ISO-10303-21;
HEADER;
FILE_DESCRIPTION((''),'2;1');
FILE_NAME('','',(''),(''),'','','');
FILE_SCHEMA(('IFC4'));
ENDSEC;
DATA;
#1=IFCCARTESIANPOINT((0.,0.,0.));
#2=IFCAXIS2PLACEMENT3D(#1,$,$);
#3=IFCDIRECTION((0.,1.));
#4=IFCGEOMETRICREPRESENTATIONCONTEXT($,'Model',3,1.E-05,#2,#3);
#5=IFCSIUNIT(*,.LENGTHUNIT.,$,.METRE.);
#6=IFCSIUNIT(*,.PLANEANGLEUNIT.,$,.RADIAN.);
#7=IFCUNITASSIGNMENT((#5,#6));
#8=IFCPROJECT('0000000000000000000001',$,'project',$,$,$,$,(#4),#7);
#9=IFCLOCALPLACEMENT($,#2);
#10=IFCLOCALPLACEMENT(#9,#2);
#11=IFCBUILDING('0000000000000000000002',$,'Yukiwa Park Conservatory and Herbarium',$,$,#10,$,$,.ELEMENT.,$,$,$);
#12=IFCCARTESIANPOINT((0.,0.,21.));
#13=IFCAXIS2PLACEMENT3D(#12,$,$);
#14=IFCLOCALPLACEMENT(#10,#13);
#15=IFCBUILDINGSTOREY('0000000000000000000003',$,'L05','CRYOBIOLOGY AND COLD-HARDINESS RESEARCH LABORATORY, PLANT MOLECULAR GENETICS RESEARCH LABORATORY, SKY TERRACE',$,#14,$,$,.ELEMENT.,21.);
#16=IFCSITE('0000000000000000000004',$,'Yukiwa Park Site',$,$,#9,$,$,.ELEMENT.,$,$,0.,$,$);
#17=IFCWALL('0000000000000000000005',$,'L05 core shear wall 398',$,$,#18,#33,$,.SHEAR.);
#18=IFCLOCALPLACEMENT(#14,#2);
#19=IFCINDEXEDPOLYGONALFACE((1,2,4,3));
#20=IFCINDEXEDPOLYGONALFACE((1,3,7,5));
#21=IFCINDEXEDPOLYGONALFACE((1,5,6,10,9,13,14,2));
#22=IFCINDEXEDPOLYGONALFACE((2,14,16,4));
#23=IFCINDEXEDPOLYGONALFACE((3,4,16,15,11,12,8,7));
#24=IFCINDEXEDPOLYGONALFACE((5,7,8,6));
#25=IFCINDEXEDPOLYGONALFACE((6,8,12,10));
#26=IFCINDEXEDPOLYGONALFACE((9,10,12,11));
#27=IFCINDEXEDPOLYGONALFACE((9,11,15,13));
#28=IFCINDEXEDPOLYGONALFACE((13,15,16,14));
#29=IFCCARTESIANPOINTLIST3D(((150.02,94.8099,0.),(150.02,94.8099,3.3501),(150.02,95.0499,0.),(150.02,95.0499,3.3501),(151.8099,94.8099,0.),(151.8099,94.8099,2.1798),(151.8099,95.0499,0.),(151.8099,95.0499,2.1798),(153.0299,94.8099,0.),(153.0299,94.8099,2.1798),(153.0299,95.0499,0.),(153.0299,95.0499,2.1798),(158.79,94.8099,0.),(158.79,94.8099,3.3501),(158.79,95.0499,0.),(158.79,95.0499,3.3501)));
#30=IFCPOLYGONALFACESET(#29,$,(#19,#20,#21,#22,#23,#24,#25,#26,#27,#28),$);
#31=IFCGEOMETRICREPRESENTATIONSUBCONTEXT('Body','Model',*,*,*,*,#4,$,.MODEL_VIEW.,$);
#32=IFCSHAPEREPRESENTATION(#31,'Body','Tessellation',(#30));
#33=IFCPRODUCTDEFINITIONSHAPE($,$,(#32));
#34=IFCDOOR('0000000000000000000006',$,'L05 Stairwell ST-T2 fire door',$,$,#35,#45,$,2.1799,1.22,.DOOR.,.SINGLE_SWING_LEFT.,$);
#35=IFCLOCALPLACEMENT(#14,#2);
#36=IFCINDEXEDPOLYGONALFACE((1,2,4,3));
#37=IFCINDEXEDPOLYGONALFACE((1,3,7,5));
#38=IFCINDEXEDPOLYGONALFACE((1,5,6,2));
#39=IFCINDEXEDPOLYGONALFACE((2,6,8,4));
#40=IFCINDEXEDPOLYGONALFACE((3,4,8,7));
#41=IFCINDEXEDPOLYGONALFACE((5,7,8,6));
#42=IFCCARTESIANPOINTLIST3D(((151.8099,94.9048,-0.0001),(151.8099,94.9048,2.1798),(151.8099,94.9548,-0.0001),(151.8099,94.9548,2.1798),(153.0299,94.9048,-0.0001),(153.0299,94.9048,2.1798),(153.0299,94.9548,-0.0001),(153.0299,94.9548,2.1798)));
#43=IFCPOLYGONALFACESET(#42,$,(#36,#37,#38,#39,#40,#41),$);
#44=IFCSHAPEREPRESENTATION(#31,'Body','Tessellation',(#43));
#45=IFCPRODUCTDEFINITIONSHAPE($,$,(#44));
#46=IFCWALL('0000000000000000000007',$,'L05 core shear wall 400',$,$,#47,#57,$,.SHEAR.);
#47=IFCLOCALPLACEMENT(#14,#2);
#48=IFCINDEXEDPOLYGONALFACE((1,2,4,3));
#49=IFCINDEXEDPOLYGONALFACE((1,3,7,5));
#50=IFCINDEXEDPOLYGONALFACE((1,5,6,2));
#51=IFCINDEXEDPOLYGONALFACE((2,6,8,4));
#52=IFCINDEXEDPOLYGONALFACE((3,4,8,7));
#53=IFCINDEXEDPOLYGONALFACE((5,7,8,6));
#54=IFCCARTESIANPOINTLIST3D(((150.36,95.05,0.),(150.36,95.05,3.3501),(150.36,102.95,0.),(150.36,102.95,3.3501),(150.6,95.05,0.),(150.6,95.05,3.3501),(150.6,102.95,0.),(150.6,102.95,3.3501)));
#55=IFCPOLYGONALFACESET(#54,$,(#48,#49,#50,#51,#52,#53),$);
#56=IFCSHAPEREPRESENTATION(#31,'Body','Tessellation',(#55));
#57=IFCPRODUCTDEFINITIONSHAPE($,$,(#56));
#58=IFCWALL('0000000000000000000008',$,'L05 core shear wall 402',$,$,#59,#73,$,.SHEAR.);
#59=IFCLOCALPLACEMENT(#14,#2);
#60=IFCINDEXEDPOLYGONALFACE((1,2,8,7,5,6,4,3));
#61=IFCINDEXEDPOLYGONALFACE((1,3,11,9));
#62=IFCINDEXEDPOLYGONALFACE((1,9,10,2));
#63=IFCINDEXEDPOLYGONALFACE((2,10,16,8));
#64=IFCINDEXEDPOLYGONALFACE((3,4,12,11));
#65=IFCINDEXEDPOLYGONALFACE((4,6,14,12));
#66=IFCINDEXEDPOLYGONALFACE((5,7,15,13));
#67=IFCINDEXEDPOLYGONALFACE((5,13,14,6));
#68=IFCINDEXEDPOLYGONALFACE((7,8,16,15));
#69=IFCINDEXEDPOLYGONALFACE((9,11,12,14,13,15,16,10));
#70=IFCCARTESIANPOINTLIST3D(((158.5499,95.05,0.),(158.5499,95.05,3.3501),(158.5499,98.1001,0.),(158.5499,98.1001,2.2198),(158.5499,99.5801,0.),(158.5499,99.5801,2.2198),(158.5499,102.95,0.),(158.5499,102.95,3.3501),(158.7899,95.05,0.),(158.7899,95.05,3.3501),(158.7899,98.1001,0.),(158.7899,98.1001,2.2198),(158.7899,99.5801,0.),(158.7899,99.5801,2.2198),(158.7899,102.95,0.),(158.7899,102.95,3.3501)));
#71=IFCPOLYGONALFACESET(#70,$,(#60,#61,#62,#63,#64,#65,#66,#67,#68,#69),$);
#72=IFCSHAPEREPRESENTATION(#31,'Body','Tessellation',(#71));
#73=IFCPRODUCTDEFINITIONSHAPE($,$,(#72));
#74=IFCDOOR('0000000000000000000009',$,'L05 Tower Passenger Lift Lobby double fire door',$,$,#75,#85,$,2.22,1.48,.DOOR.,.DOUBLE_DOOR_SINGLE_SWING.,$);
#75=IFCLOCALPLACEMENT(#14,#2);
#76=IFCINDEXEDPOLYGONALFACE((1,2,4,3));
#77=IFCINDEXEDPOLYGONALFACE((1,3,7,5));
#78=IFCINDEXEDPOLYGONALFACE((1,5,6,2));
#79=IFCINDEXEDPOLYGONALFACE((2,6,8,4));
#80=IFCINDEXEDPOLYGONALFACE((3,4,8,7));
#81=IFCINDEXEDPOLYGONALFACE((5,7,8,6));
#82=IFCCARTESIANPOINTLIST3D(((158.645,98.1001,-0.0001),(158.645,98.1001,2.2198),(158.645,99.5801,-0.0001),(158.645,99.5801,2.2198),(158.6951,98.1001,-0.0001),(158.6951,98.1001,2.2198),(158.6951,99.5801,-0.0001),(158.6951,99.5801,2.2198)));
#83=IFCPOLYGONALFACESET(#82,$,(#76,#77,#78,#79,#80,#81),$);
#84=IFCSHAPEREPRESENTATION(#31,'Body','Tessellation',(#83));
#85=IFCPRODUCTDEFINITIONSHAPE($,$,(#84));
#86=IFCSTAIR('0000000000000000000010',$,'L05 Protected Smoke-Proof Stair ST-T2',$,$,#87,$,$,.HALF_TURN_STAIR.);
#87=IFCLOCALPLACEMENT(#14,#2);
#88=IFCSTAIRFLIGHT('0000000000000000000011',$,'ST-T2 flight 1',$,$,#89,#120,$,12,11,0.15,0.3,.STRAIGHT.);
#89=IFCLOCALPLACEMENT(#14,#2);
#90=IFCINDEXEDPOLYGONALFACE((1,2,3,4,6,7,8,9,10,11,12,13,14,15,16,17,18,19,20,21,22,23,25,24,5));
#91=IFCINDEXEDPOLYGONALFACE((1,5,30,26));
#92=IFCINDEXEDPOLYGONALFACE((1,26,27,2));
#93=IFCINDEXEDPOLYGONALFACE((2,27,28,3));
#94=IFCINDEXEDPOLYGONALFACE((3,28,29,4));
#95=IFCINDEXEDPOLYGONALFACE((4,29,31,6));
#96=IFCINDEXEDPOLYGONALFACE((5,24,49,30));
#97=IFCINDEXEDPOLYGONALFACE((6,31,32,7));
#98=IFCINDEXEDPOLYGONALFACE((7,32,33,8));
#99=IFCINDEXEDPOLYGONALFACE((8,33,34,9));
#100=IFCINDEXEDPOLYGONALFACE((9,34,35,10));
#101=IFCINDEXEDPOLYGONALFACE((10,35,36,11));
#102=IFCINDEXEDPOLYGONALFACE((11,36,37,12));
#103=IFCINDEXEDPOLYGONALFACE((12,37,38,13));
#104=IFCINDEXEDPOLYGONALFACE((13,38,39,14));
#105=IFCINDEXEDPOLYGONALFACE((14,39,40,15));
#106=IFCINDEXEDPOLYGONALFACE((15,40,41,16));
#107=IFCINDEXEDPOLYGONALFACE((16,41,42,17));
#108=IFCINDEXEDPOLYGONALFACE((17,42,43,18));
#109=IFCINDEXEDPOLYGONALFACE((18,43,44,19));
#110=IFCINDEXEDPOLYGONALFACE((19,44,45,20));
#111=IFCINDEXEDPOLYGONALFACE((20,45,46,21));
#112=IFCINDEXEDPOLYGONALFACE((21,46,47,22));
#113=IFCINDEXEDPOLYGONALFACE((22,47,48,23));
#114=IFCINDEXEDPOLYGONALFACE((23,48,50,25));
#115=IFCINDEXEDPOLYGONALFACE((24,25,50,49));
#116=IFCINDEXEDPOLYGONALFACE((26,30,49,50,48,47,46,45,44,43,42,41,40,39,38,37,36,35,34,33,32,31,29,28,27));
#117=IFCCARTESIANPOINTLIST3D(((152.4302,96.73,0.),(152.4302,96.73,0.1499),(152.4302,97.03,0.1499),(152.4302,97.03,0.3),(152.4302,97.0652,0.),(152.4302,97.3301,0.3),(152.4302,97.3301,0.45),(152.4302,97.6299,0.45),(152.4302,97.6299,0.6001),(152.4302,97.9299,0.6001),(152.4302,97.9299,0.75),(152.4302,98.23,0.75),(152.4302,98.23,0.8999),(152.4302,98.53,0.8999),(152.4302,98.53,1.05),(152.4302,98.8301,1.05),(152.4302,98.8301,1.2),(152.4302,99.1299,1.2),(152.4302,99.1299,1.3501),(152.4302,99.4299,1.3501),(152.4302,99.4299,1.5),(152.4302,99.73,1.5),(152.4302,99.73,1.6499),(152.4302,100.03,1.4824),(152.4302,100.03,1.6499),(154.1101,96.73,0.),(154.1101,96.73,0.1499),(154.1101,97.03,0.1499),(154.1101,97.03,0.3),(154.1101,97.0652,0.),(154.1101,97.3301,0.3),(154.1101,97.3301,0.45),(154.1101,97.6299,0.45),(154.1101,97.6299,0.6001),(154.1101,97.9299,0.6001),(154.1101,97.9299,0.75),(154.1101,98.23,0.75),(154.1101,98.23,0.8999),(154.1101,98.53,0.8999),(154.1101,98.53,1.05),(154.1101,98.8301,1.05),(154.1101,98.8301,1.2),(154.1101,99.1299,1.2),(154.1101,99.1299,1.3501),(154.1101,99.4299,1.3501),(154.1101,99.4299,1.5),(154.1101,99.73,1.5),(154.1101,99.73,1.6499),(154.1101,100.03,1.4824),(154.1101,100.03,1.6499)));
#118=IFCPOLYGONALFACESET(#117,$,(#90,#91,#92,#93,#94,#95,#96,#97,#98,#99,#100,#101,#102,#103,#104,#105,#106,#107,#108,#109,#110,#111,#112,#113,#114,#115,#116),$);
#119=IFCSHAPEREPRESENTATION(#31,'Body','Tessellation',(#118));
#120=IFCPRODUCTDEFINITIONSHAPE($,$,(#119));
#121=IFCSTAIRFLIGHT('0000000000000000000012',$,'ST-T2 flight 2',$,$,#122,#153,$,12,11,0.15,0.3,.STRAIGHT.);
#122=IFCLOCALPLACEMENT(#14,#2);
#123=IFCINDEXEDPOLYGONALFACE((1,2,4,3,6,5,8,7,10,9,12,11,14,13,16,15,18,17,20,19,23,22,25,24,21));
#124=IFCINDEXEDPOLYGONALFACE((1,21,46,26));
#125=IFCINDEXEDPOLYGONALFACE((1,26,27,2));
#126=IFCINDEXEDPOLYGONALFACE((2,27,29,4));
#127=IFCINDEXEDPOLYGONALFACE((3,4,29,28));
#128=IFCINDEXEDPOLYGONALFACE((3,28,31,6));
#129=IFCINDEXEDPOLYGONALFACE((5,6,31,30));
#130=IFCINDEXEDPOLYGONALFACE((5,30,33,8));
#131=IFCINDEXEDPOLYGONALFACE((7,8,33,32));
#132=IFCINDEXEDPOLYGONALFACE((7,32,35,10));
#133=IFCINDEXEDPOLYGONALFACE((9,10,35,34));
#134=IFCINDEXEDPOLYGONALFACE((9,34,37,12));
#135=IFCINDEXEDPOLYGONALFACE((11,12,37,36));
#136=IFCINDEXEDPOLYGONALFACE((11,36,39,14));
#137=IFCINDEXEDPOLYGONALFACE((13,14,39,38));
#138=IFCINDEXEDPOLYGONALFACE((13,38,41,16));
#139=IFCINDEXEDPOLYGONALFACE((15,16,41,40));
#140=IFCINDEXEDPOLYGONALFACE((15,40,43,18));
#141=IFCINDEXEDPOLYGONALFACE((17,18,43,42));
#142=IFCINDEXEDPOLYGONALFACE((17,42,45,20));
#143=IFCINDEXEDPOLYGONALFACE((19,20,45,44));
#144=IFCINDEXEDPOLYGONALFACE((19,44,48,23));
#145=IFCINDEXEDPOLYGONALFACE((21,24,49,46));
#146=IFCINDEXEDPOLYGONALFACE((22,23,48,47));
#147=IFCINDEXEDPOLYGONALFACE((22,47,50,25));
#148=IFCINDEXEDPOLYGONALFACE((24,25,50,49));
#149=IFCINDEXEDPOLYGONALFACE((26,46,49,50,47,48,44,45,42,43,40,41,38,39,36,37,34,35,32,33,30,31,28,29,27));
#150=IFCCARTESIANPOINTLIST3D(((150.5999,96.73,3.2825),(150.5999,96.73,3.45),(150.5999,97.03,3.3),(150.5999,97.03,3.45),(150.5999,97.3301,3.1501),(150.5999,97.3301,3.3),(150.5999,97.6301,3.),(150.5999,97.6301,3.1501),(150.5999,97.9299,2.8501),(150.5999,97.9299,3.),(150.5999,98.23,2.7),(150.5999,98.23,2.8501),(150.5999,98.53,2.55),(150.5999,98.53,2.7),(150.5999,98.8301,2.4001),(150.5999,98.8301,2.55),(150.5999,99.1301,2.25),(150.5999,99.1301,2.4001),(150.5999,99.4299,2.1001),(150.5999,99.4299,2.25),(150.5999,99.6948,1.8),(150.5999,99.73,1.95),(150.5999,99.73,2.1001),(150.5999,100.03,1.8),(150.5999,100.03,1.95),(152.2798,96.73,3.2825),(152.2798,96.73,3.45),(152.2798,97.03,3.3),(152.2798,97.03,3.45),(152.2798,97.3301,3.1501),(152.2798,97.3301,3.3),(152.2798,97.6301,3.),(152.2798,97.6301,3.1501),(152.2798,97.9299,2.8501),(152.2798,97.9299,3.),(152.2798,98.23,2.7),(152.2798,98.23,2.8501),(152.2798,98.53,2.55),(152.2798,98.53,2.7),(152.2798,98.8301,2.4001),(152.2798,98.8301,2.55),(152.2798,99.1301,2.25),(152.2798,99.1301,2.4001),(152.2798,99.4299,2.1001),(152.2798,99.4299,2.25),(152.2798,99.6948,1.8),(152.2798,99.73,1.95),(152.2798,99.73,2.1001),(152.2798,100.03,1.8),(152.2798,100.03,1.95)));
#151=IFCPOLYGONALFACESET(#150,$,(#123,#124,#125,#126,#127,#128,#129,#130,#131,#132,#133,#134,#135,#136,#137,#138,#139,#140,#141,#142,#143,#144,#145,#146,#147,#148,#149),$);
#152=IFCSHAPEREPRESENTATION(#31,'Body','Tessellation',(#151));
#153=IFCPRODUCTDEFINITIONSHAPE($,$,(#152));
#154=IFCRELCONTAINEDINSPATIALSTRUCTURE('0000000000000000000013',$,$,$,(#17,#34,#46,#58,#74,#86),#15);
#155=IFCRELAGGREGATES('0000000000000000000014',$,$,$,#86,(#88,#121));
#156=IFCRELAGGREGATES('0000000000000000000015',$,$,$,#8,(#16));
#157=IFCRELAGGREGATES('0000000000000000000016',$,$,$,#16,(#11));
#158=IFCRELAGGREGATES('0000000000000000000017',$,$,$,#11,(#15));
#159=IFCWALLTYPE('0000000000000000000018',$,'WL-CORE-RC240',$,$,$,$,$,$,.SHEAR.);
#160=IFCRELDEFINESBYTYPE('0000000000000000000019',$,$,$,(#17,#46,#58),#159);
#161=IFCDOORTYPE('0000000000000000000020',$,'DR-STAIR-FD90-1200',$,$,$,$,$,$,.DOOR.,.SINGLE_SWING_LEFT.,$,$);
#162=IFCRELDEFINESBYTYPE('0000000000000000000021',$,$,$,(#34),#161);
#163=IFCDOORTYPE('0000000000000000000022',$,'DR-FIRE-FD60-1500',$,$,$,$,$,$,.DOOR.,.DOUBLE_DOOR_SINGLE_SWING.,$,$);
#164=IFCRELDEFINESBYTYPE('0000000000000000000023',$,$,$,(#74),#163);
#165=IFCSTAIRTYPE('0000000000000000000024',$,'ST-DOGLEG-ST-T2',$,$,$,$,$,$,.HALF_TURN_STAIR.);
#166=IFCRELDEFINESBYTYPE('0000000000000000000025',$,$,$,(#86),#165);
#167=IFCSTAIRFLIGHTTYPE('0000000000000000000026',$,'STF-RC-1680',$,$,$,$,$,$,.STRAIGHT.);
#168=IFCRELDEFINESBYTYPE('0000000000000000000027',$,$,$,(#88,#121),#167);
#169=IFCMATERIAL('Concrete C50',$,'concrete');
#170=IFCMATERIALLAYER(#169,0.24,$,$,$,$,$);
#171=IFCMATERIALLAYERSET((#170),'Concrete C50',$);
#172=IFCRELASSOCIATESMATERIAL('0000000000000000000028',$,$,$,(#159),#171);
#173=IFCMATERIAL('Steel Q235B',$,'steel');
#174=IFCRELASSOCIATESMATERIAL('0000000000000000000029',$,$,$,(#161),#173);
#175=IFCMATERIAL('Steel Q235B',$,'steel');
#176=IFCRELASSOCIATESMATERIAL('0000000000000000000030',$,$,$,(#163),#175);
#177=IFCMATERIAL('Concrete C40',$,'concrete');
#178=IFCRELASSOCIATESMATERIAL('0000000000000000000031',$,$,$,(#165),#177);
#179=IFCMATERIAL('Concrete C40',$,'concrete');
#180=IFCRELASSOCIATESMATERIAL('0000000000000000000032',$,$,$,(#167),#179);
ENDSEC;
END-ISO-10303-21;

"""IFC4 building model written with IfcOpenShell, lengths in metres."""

from ifc_helpers import new_model, si_unit, direction, frame, frame_2d, origin, place, context, subcontext, project, spatial, polyline, rectangle, outline, extrude, material, layer, layer_set, type_object, element, fill, aggregate, save


model = new_model("IFC4")

# Units and contexts
model_context = context("Model", 3, precision=1e-05, world=origin(), true_north=direction((0.0, 1.0)))
body_context = subcontext(model_context, "Body", "Model", "MODEL_VIEW")
ifc_project = project(units=[si_unit("LENGTHUNIT", "METRE"), si_unit("PLANEANGLEUNIT", "RADIAN")], contexts=[model_context])

# Site, building, storey
site_placement = place(None, origin())
site = spatial("IfcSite", under=ifc_project, at=site_placement, Name="Yukiwa Park Site", CompositionType="ELEMENT", RefElevation=0.0)
building_placement = place(site_placement, origin())
building = spatial("IfcBuilding", under=site, at=building_placement, Name="Yukiwa Park Conservatory and Herbarium", CompositionType="ELEMENT")
storey_placement = place(building_placement, frame((0.0, 0.0, 21.0)))
storey = spatial("IfcBuildingStorey", under=building, at=storey_placement, Name="L05", Description="CRYOBIOLOGY AND COLD-HARDINESS RESEARCH LABORATORY, PLANT MOLECULAR GENETICS RESEARCH LABORATORY, SKY TERRACE", CompositionType="ELEMENT", Elevation=21.0)

# Shared definitions
ifc_material_1 = material(Name="Concrete C50", Category="concrete")
ifc_layer_1 = layer(ifc_material_1, 0.24)
ifc_layer_set_1 = layer_set([ifc_layer_1], Name="Concrete C50")
wall_type_1 = type_object("IfcWallType", Name="WL-CORE-RC240", PredefinedType="SHEAR", material=ifc_layer_set_1)

# Wall, opening, door
wall_1_placement = place(storey_placement, frame((150.02, 94.9299, 0.0), z_axis=(0.0, 0.0, 1.0), x_axis=(1.0, 0.0, 0.0)))
wall_1 = element("IfcWall", 1, at=wall_1_placement, inside=storey, type_object=wall_type_1, Name="L05 core shear wall 398", PredefinedType="SHEAR", context=body_context, shape_type="SweptSolid", body=[
    extrude(rectangle(XDim=8.77, YDim=0.24, at=frame_2d((4.385, 0.0))), origin(), (0.0, 0.0, 1.0), 3.3501),
])
opening_1_placement = place(wall_1_placement, frame((1.79, 0.0, 0.0)))
opening_1 = element("IfcOpeningElement", 2, at=opening_1_placement, cuts=wall_1, PredefinedType="OPENING", context=body_context, shape_type="SweptSolid", body=[
    extrude(rectangle(XDim=1.22, YDim=2.1799, at=frame_2d((0.6099, 1.0898))), frame((0.0, 0.1299, 0.0), z_axis=(0.0, -1.0, 0.0), x_axis=(1.0, 0.0, 0.0)), (0.0, 0.0, 1.0), 0.26),
])
ifc_material_2 = material(Name="Steel Q235B", Category="steel")
door_type_1 = type_object("IfcDoorType", Name="DR-STAIR-FD90-1200", OperationType="SINGLE_SWING_LEFT", PredefinedType="DOOR", material=ifc_material_2)
door_1_placement = place(opening_1_placement, origin())
door_1 = element("IfcDoor", 3, at=door_1_placement, inside=storey, type_object=door_type_1, Name="L05 Stairwell ST-T2 fire door", OperationType="SINGLE_SWING_LEFT", OverallHeight=2.1799, OverallWidth=1.22, PredefinedType="DOOR", context=body_context, shape_type="SweptSolid", body=[
    extrude(rectangle(XDim=1.22, YDim=2.1799, at=frame_2d((0.6099, 1.0898))), frame((0.0, 0.0249, 0.0), z_axis=(0.0, -1.0, 0.0), x_axis=(1.0, 0.0, 0.0)), (0.0, 0.0, 1.0), 0.05),
])
fill(opening_1, door_1)

# Wall
wall_2_placement = place(storey_placement, frame((150.48, 95.05, 0.0), z_axis=(0.0, 0.0, 1.0), x_axis=(0.0, 1.0, 0.0)))
element("IfcWall", 4, at=wall_2_placement, inside=storey, type_object=wall_type_1, Name="L05 core shear wall 400", PredefinedType="SHEAR", context=body_context, shape_type="SweptSolid", body=[
    extrude(rectangle(XDim=7.8999, YDim=0.24, at=frame_2d((3.95, 0.0))), origin(), (0.0, 0.0, 1.0), 3.3501),
])

# Wall, opening, door
wall_3_placement = place(storey_placement, frame((158.6699, 95.05, 0.0), z_axis=(0.0, 0.0, 1.0), x_axis=(0.0, 1.0, 0.0)))
wall_3 = element("IfcWall", 5, at=wall_3_placement, inside=storey, type_object=wall_type_1, Name="L05 core shear wall 402", PredefinedType="SHEAR", context=body_context, shape_type="SweptSolid", body=[
    extrude(rectangle(XDim=7.8999, YDim=0.24, at=frame_2d((3.95, 0.0))), origin(), (0.0, 0.0, 1.0), 3.3501),
])
opening_2_placement = place(wall_3_placement, frame((3.05, 0.0, 0.0)))
opening_2 = element("IfcOpeningElement", 6, at=opening_2_placement, cuts=wall_3, PredefinedType="OPENING", context=body_context, shape_type="SweptSolid", body=[
    extrude(rectangle(XDim=1.48, YDim=2.22, at=frame_2d((0.74, 1.1099))), frame((0.0, 0.1299, 0.0), z_axis=(0.0, -1.0, 0.0), x_axis=(1.0, 0.0, 0.0)), (0.0, 0.0, 1.0), 0.26),
])
ifc_material_3 = material(Name="Steel Q235B", Category="steel")
door_type_2 = type_object("IfcDoorType", Name="DR-FIRE-FD60-1500", OperationType="DOUBLE_DOOR_SINGLE_SWING", PredefinedType="DOOR", material=ifc_material_3)
door_2_placement = place(opening_2_placement, origin())
door_2 = element("IfcDoor", 7, at=door_2_placement, inside=storey, type_object=door_type_2, Name="L05 Tower Passenger Lift Lobby double fire door", OperationType="DOUBLE_DOOR_SINGLE_SWING", OverallHeight=2.22, OverallWidth=1.48, PredefinedType="DOOR", context=body_context, shape_type="SweptSolid", body=[
    extrude(rectangle(XDim=1.48, YDim=2.22, at=frame_2d((0.74, 1.1099))), frame((0.0, 0.0249, 0.0), z_axis=(0.0, -1.0, 0.0), x_axis=(1.0, 0.0, 0.0)), (0.0, 0.0, 1.0), 0.05),
])
fill(opening_2, door_2)

# Stair, stair flights
ifc_material_4 = material(Name="Concrete C40", Category="concrete")
stair_type = type_object("IfcStairType", Name="ST-DOGLEG-ST-T2", PredefinedType="HALF_TURN_STAIR", material=ifc_material_4)
stair_placement = place(storey_placement, origin())
stair = element("IfcStair", 8, at=stair_placement, inside=storey, type_object=stair_type, Name="L05 Protected Smoke-Proof Stair ST-T2", PredefinedType="HALF_TURN_STAIR")
ifc_material_5 = material(Name="Concrete C40", Category="concrete")
stair_flight_type = type_object("IfcStairFlightType", Name="STF-RC-1680", PredefinedType="STRAIGHT", material=ifc_material_5)
stair_flight_1_placement = place(storey_placement, frame((153.27, 96.73, 0.0), z_axis=(0.0, 0.0, 1.0), x_axis=(0.0, 1.0, 0.0)))
stair_flight_1 = element("IfcStairFlight", 9, at=stair_flight_1_placement, type_object=stair_flight_type, Name="ST-T2 flight 1", NumberOfRisers=12, NumberOfTreads=11, PredefinedType="STRAIGHT", RiserHeight=0.15, TreadLength=0.3, context=body_context, shape_type="SweptSolid", body=[
    extrude(outline(polyline([(0.0, 0.0), (0.0, 0.1499), (0.3, 0.1499), (0.3, 0.3), (0.6001, 0.3), (0.6001, 0.45), (0.8999, 0.45), (0.8999, 0.6001), (1.2, 0.6001), (1.2, 0.75), (1.5, 0.75), (1.5, 0.8999), (1.8, 0.8999), (1.8, 1.05), (2.1001, 1.05), (2.1001, 1.2), (2.3999, 1.2), (2.3999, 1.3501), (2.7, 1.3501), (2.7, 1.5), (3.0, 1.5), (3.0, 1.6499), (3.3, 1.6499), (3.3, 1.8), (3.3, 1.4824), (0.3352, 0.0), (0.0, 0.0)])), frame((0.0, 0.8398, 0.0), z_axis=(0.0, -1.0, 0.0), x_axis=(1.0, 0.0, 0.0)), (0.0, 0.0, 1.0), 1.6799),
])
stair_flight_2_placement = place(storey_placement, frame((151.4399, 100.03, 1.8), z_axis=(0.0, 0.0, 1.0), x_axis=(0.0, -1.0, 0.0)))
stair_flight_2 = element("IfcStairFlight", 10, at=stair_flight_2_placement, type_object=stair_flight_type, Name="ST-T2 flight 2", NumberOfRisers=12, NumberOfTreads=11, PredefinedType="STRAIGHT", RiserHeight=0.15, TreadLength=0.3, context=body_context, shape_type="SweptSolid", body=[
    extrude(outline(polyline([(0.0, 0.0), (0.0, 0.1499), (0.3, 0.1499), (0.3, 0.3), (0.6001, 0.3), (0.6001, 0.45), (0.8999, 0.45), (0.8999, 0.6001), (1.2, 0.6001), (1.2, 0.75), (1.5, 0.75), (1.5, 0.8999), (1.8, 0.8999), (1.8, 1.05), (2.1001, 1.05), (2.1001, 1.2), (2.3999, 1.2), (2.3999, 1.3501), (2.7, 1.3501), (2.7, 1.5), (3.0, 1.5), (3.0, 1.6499), (3.3, 1.6499), (3.3, 1.8), (3.3, 1.4824), (0.3352, 0.0), (0.0, 0.0)])), frame((0.0, 0.8398, 0.0), z_axis=(0.0, -1.0, 0.0), x_axis=(1.0, 0.0, 0.0)), (0.0, 0.0, 1.0), 1.6799),
])
aggregate(stair, [stair_flight_1, stair_flight_2])

save(model, "model.ifc")
